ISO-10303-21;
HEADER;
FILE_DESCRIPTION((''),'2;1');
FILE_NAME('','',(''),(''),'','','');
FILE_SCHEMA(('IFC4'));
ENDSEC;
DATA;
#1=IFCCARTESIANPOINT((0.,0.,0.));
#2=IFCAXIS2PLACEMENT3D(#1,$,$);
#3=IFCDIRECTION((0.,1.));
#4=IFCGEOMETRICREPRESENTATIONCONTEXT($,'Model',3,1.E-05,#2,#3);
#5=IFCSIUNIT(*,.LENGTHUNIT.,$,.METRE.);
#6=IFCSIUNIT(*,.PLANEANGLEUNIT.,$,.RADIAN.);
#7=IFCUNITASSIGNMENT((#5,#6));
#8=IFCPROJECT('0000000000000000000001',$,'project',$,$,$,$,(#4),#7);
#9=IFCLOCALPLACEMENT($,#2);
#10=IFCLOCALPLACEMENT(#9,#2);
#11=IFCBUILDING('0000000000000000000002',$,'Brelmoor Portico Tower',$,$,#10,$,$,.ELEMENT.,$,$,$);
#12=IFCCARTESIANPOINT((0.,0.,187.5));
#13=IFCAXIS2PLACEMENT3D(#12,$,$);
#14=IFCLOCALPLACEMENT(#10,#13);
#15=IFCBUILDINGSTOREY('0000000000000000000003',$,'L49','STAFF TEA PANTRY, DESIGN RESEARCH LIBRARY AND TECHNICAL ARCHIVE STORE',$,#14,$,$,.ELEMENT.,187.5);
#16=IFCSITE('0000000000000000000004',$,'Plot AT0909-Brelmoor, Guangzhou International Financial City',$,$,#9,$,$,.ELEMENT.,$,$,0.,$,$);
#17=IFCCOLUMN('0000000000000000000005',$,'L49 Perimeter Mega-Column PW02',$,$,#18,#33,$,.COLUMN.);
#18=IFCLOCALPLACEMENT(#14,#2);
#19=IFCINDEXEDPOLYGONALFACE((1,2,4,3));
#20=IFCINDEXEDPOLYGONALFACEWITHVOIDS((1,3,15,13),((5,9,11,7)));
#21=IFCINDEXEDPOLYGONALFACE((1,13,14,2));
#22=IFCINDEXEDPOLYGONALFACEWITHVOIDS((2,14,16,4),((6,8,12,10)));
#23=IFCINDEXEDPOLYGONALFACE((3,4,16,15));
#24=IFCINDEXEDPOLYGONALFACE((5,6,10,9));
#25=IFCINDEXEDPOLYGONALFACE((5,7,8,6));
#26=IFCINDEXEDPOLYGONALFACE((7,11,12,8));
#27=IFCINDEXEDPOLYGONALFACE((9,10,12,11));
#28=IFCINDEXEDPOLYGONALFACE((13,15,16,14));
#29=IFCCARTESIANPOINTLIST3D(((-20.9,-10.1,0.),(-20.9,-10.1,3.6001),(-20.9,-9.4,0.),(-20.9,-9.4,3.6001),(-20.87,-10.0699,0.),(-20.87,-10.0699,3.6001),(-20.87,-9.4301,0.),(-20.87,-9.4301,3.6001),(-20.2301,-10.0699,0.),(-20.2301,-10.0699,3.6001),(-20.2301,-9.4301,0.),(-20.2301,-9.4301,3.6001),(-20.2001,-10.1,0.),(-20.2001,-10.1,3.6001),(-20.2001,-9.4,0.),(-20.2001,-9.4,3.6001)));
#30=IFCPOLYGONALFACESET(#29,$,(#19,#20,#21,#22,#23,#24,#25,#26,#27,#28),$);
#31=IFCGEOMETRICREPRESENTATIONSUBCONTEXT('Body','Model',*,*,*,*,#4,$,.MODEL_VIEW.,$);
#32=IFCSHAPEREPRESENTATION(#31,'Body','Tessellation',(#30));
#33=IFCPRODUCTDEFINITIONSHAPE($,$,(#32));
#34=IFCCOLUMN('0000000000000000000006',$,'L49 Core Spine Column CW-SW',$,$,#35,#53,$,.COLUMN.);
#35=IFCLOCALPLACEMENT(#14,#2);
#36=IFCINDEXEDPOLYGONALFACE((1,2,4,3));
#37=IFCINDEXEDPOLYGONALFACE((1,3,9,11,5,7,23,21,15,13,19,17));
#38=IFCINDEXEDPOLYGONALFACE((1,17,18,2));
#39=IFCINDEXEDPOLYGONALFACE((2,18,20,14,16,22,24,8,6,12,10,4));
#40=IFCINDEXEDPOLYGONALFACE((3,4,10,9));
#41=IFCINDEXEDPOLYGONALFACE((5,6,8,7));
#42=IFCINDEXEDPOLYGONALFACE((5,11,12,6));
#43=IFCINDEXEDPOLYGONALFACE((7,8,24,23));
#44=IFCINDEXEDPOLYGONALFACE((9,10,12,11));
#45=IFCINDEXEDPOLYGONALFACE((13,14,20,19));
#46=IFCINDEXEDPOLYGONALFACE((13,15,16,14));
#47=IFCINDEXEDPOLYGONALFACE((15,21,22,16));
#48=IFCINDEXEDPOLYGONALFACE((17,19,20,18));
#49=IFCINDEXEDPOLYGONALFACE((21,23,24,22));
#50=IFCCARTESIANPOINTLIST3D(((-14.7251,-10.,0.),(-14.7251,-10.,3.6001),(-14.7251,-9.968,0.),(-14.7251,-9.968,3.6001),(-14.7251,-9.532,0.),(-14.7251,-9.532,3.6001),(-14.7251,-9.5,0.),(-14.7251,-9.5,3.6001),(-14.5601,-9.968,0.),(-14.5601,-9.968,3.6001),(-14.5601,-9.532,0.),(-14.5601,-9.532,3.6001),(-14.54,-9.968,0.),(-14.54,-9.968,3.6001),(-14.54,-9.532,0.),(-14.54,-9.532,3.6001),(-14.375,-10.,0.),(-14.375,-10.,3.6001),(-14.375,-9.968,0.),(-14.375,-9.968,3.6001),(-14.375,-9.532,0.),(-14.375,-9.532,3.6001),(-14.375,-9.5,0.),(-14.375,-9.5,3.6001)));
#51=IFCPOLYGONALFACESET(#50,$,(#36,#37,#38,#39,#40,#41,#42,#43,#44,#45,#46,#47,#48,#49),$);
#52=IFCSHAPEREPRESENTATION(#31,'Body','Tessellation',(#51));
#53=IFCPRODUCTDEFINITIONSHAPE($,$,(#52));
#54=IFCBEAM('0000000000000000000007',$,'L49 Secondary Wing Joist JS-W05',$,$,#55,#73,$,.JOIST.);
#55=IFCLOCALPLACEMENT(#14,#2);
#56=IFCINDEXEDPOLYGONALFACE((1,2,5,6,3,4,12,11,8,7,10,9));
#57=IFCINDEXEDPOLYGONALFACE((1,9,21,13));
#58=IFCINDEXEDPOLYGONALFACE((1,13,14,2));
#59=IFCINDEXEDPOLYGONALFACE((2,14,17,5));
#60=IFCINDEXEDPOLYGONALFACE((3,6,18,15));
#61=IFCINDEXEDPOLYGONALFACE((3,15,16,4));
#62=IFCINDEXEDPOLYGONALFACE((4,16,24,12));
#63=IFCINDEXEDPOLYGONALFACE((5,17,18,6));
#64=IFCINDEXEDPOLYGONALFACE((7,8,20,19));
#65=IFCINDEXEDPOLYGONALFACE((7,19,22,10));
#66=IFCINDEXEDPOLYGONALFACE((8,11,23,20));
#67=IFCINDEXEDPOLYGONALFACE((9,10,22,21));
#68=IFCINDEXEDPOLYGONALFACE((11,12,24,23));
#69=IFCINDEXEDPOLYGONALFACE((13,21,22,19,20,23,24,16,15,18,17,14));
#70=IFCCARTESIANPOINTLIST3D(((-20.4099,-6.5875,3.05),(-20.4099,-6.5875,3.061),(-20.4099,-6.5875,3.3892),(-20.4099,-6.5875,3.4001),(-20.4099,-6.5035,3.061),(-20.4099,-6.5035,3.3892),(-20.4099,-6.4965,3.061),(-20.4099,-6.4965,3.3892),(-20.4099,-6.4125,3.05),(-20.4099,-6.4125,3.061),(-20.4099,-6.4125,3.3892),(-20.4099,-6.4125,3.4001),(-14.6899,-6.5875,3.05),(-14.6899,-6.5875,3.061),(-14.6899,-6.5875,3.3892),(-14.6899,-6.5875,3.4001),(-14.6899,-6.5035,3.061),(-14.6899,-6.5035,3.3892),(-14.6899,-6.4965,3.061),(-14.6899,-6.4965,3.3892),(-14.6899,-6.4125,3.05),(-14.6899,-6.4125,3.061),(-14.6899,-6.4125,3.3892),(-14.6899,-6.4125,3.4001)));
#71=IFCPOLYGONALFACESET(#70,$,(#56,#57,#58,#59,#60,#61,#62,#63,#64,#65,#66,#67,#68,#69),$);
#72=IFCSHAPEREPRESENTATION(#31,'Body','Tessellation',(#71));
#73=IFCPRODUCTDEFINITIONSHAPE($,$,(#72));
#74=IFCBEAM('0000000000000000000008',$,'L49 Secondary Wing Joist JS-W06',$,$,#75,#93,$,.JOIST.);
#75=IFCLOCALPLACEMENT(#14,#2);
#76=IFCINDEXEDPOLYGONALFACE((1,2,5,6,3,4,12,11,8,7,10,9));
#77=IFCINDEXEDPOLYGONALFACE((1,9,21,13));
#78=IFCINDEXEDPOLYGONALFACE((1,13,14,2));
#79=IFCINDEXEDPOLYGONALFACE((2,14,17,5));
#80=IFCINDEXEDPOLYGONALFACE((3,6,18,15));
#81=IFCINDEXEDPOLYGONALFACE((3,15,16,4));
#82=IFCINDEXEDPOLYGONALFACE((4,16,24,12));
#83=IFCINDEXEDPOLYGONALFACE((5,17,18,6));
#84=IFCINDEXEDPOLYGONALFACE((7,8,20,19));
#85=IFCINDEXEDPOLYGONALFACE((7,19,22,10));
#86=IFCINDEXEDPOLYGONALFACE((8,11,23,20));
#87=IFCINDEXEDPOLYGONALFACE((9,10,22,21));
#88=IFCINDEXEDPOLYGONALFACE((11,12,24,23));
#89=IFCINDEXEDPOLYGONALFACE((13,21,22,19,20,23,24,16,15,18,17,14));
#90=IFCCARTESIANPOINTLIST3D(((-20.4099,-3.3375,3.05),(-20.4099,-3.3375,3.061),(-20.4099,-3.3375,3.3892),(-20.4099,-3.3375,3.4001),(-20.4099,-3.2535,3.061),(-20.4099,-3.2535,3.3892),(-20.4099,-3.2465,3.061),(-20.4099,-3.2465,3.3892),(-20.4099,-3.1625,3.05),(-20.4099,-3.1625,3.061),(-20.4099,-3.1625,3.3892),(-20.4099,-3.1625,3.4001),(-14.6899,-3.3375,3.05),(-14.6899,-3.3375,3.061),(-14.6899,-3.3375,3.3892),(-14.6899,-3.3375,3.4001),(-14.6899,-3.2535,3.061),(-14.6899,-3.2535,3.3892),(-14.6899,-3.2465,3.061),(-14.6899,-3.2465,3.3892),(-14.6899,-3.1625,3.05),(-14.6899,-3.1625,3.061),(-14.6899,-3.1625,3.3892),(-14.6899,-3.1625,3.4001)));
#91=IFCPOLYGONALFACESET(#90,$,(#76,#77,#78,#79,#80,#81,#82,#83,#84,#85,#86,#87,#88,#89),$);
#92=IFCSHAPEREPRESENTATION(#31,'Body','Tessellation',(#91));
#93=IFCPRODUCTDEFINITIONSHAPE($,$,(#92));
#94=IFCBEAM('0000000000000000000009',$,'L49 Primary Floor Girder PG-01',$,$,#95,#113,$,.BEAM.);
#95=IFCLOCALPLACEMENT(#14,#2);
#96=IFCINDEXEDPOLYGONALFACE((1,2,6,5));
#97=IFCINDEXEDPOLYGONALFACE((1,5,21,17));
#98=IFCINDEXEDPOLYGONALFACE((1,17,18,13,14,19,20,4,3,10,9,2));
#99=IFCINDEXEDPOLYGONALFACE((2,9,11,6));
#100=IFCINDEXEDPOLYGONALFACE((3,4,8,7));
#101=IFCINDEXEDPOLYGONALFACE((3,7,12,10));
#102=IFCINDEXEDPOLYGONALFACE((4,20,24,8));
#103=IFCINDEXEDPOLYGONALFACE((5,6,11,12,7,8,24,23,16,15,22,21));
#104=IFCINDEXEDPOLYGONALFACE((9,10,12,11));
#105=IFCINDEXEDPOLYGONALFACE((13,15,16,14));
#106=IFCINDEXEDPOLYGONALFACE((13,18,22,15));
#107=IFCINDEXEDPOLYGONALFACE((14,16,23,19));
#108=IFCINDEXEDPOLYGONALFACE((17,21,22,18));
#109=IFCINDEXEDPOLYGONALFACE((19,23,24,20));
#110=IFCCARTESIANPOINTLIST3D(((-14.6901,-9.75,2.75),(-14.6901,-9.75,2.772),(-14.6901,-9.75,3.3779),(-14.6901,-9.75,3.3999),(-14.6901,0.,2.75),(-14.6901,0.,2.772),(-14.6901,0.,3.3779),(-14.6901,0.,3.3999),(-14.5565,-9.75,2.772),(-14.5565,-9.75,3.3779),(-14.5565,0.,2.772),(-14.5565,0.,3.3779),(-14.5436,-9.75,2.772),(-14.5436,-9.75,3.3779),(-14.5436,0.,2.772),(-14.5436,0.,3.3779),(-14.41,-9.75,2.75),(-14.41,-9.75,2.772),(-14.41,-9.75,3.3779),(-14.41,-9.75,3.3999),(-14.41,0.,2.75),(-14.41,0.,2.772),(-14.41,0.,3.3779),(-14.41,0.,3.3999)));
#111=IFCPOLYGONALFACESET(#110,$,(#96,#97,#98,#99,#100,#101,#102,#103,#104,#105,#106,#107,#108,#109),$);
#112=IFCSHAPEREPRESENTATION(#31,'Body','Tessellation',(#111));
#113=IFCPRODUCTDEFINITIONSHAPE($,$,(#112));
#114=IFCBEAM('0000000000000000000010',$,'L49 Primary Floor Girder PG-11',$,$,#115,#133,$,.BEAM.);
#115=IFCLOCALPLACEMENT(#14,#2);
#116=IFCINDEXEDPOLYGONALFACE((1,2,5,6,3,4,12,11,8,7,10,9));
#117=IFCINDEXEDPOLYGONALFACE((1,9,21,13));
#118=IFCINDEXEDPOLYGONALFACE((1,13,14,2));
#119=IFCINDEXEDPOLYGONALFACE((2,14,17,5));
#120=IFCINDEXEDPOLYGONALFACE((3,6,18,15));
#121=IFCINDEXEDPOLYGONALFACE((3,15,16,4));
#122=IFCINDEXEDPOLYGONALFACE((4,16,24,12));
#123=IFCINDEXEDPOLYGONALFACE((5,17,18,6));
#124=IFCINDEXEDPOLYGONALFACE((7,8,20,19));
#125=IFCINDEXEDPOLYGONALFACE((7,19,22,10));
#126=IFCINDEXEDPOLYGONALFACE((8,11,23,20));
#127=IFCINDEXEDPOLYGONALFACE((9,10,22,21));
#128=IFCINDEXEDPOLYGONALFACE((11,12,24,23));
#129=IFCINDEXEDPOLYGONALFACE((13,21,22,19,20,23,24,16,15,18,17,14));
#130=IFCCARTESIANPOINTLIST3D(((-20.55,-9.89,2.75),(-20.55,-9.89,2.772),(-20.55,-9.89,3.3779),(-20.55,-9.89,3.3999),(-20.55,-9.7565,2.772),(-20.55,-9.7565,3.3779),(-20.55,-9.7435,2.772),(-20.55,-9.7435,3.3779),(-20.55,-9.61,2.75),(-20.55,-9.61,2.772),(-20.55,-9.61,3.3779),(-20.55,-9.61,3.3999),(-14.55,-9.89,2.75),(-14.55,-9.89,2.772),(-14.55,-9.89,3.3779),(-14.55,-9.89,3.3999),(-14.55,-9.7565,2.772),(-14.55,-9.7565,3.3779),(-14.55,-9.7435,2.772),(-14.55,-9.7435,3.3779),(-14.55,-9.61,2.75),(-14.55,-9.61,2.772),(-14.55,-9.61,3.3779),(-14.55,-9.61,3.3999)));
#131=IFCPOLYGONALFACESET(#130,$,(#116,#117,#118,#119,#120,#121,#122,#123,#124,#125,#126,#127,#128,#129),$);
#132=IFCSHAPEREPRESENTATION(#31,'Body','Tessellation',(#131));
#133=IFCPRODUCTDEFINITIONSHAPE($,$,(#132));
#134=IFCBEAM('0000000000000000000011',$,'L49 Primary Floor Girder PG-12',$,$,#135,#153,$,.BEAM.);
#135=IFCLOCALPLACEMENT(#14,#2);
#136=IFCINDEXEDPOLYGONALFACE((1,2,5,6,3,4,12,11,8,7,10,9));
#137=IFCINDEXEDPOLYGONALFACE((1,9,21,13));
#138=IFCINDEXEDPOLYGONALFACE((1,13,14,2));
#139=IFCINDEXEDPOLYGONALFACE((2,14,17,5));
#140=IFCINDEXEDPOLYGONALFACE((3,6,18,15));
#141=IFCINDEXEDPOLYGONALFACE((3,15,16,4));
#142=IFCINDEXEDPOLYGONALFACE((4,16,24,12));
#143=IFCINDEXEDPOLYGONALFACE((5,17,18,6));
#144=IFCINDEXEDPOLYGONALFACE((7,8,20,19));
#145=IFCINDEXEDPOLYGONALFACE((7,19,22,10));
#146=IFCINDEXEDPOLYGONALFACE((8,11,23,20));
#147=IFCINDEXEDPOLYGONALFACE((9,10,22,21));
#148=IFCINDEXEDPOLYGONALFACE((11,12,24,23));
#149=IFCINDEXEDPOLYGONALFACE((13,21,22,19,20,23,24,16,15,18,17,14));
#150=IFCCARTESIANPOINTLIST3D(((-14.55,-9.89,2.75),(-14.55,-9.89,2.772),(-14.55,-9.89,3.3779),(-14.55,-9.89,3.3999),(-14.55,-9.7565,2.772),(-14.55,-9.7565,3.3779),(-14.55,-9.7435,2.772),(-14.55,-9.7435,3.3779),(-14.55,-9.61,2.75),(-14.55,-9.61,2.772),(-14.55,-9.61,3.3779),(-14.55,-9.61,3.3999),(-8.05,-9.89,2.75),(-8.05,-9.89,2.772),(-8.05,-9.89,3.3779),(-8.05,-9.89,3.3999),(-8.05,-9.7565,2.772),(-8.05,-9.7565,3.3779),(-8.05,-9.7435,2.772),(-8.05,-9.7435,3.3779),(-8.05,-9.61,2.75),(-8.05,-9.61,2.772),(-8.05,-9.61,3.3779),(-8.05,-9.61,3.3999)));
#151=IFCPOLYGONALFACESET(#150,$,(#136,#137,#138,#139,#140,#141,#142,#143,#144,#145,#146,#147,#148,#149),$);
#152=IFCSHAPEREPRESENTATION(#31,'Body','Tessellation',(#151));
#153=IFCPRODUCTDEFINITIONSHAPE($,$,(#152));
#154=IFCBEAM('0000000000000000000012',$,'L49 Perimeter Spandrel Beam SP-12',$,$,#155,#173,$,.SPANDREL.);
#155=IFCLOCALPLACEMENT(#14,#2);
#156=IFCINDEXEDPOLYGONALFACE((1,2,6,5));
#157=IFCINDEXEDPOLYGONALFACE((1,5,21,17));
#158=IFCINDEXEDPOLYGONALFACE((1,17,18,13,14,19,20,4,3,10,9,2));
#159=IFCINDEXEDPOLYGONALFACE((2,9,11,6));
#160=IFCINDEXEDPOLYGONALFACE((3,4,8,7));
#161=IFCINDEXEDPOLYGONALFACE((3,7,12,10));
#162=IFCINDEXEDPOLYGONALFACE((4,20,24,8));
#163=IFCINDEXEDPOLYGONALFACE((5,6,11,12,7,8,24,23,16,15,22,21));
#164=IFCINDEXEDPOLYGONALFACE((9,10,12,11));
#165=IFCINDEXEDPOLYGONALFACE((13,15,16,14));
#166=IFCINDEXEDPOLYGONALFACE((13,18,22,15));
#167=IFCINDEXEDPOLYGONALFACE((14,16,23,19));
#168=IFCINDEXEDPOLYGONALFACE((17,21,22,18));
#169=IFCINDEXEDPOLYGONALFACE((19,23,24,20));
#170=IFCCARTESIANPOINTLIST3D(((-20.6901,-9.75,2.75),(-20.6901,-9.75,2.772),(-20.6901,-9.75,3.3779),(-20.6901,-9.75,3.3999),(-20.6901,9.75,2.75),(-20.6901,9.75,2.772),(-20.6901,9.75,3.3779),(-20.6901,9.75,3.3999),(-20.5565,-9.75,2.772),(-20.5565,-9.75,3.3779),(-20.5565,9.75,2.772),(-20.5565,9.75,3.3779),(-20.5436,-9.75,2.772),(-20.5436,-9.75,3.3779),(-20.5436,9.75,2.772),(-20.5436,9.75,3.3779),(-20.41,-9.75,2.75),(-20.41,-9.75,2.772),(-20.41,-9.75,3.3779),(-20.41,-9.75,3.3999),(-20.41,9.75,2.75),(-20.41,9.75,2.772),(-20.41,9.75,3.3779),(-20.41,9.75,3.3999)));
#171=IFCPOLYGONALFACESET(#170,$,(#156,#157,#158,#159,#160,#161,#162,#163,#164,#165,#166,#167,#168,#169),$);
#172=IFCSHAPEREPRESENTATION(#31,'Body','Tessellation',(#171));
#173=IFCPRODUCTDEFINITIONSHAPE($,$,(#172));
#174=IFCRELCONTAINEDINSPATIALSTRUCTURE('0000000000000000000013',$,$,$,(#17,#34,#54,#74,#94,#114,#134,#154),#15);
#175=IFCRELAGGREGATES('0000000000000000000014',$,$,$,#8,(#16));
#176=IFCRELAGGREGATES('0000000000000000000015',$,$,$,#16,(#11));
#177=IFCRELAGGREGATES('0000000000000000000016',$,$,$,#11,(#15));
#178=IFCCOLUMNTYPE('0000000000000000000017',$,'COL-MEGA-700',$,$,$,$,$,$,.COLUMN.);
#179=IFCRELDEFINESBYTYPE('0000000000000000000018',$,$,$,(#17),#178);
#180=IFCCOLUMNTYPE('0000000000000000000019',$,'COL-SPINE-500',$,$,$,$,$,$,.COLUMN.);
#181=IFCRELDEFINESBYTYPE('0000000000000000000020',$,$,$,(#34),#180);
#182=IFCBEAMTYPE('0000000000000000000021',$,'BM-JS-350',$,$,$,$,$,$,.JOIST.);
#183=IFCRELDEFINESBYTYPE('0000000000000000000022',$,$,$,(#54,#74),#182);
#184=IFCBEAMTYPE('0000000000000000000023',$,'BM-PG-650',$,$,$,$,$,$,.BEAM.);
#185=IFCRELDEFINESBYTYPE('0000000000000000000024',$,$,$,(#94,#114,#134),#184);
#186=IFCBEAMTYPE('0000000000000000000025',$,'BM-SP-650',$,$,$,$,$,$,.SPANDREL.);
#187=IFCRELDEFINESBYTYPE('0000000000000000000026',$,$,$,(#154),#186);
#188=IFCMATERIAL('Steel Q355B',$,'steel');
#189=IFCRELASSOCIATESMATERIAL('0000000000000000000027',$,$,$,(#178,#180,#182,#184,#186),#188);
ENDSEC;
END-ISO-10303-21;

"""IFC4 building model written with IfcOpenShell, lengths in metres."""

from ifc_helpers import new_model, si_unit, direction, frame, origin, origin_2d, place, context, subcontext, project, spatial, hollow_rectangle, i_section, extrude, material, material_profile, profile_set, type_object, element, save


model = new_model("IFC4")

# Units and contexts
model_context = context("Model", 3, precision=1e-05, world=origin(), true_north=direction((0.0, 1.0)))
body_context = subcontext(model_context, "Body", "Model", "MODEL_VIEW")
ifc_project = project(units=[si_unit("LENGTHUNIT", "METRE"), si_unit("PLANEANGLEUNIT", "RADIAN")], contexts=[model_context])

# Site, building, storey
site_placement = place(None, origin())
site = spatial("IfcSite", under=ifc_project, at=site_placement, Name="Plot AT0909-Brelmoor, Guangzhou International Financial City", CompositionType="ELEMENT", RefElevation=0.0)
building_placement = place(site_placement, origin())
building = spatial("IfcBuilding", under=site, at=building_placement, Name="Brelmoor Portico Tower", CompositionType="ELEMENT")
storey_placement = place(building_placement, frame((0.0, 0.0, 187.5)))
storey = spatial("IfcBuildingStorey", under=building, at=storey_placement, Name="L49", Description="STAFF TEA PANTRY, DESIGN RESEARCH LIBRARY AND TECHNICAL ARCHIVE STORE", CompositionType="ELEMENT", Elevation=187.5)

# Columns
ifc_material_1 = material(Name="Steel Q355B", Category="steel")
ifc_material_profile_1 = material_profile(ifc_material_1, hollow_rectangle(XDim=0.7, YDim=0.7, WallThickness=0.03, at=origin_2d()), Name="BOX 700x700x30")
ifc_profile_set_1 = profile_set([ifc_material_profile_1], Name="Steel Q355B")
column_type_1 = type_object("IfcColumnType", Name="COL-MEGA-700", PredefinedType="COLUMN", material=ifc_profile_set_1)
column_1_placement = place(storey_placement, frame((-20.55, -9.75, 0.0), z_axis=(0.0, 0.0, 1.0), x_axis=(0.0, 1.0, 0.0)))
element("IfcColumn", 1, at=column_1_placement, inside=storey, type_object=column_type_1, Name="L49 Perimeter Mega-Column PW02", PredefinedType="COLUMN", context=body_context, shape_type="SweptSolid", body=[
    extrude(hollow_rectangle(XDim=0.7, YDim=0.7, WallThickness=0.03, at=origin_2d()), origin(), (0.0, 0.0, 1.0), 3.6001),
])
ifc_material_profile_2 = material_profile(ifc_material_1, i_section(OverallWidth=0.3501, OverallDepth=0.5, WebThickness=0.02, FlangeThickness=0.032, at=origin_2d()), Name="HW 500x350x20x32")
ifc_profile_set_2 = profile_set([ifc_material_profile_2], Name="Steel Q355B")
column_type_2 = type_object("IfcColumnType", Name="COL-SPINE-500", PredefinedType="COLUMN", material=ifc_profile_set_2)
column_2_placement = place(storey_placement, frame((-14.55, -9.75, 0.0), z_axis=(0.0, 0.0, 1.0), x_axis=(1.0, 0.0, 0.0)))
element("IfcColumn", 2, at=column_2_placement, inside=storey, type_object=column_type_2, Name="L49 Core Spine Column CW-SW", PredefinedType="COLUMN", context=body_context, shape_type="SweptSolid", body=[
    extrude(i_section(OverallWidth=0.3501, OverallDepth=0.5, WebThickness=0.02, FlangeThickness=0.032, at=origin_2d()), origin(), (0.0, 0.0, 1.0), 3.6001),
])

# Beams
ifc_material_profile_3 = material_profile(ifc_material_1, i_section(OverallWidth=0.175, OverallDepth=0.3501, WebThickness=0.0071, FlangeThickness=0.011, at=origin_2d()), Name="HN 350x175x7x11")
ifc_profile_set_3 = profile_set([ifc_material_profile_3], Name="Steel Q355B")
beam_type_1 = type_object("IfcBeamType", Name="BM-JS-350", PredefinedType="JOIST", material=ifc_profile_set_3)
for number, where, z_axis, x_axis, name in (
    (3, (-20.4099, -6.5, 3.2251), (1.0, 0.0, 0.0), (0.0, 1.0, 0.0), "L49 Secondary Wing Joist JS-W05"),
    (4, (-20.4099, -3.25, 3.2251), (1.0, 0.0, 0.0), (0.0, 1.0, 0.0), "L49 Secondary Wing Joist JS-W06"),
):
    element("IfcBeam", number, at=place(storey_placement, frame(where, z_axis=z_axis, x_axis=x_axis)), inside=storey, type_object=beam_type_1, Name=name, PredefinedType="JOIST", context=body_context, shape_type="SweptSolid", body=[
        extrude(i_section(OverallWidth=0.175, OverallDepth=0.3501, WebThickness=0.0071, FlangeThickness=0.011, at=origin_2d()), origin(), (0.0, 0.0, 1.0), 5.72),
    ])
ifc_material_profile_4 = material_profile(ifc_material_1, i_section(OverallWidth=0.28, OverallDepth=0.6499, WebThickness=0.0129, FlangeThickness=0.022, at=origin_2d()), Name="HN 650x280x13x22")
ifc_profile_set_4 = profile_set([ifc_material_profile_4], Name="Steel Q355B")
beam_type_2 = type_object("IfcBeamType", Name="BM-PG-650", PredefinedType="BEAM", material=ifc_profile_set_4)
beam_1_placement = place(storey_placement, frame((-14.55, -9.75, 3.075), z_axis=(0.0, 1.0, 0.0), x_axis=(-1.0, 0.0, 0.0)))
element("IfcBeam", 5, at=beam_1_placement, inside=storey, type_object=beam_type_2, Name="L49 Primary Floor Girder PG-01", PredefinedType="BEAM", context=body_context, shape_type="SweptSolid", body=[
    extrude(i_section(OverallWidth=0.28, OverallDepth=0.6499, WebThickness=0.0129, FlangeThickness=0.022, at=origin_2d()), origin(), (0.0, 0.0, 1.0), 9.75),
])
beam_2_placement = place(storey_placement, frame((-20.55, -9.75, 3.075), z_axis=(1.0, 0.0, 0.0), x_axis=(0.0, 1.0, 0.0)))
element("IfcBeam", 6, at=beam_2_placement, inside=storey, type_object=beam_type_2, Name="L49 Primary Floor Girder PG-11", PredefinedType="BEAM", context=body_context, shape_type="SweptSolid", body=[
    extrude(i_section(OverallWidth=0.28, OverallDepth=0.6499, WebThickness=0.0129, FlangeThickness=0.022, at=origin_2d()), origin(), (0.0, 0.0, 1.0), 6.0),
])
beam_3_placement = place(storey_placement, frame((-14.55, -9.75, 3.075), z_axis=(1.0, 0.0, 0.0), x_axis=(0.0, 1.0, 0.0)))
element("IfcBeam", 7, at=beam_3_placement, inside=storey, type_object=beam_type_2, Name="L49 Primary Floor Girder PG-12", PredefinedType="BEAM", context=body_context, shape_type="SweptSolid", body=[
    extrude(i_section(OverallWidth=0.28, OverallDepth=0.6499, WebThickness=0.0129, FlangeThickness=0.022, at=origin_2d()), origin(), (0.0, 0.0, 1.0), 6.5),
])
ifc_material_profile_5 = material_profile(ifc_material_1, i_section(OverallWidth=0.28, OverallDepth=0.6499, WebThickness=0.0129, FlangeThickness=0.022, at=origin_2d()), Name="HN 650x280x13x22")
ifc_profile_set_5 = profile_set([ifc_material_profile_5], Name="Steel Q355B")
beam_type_3 = type_object("IfcBeamType", Name="BM-SP-650", PredefinedType="SPANDREL", material=ifc_profile_set_5)
beam_4_placement = place(storey_placement, frame((-20.55, -9.75, 3.075), z_axis=(0.0, 1.0, 0.0), x_axis=(-1.0, 0.0, 0.0)))
element("IfcBeam", 8, at=beam_4_placement, inside=storey, type_object=beam_type_3, Name="L49 Perimeter Spandrel Beam SP-12", PredefinedType="SPANDREL", context=body_context, shape_type="SweptSolid", body=[
    extrude(i_section(OverallWidth=0.28, OverallDepth=0.6499, WebThickness=0.0129, FlangeThickness=0.022, at=origin_2d()), origin(), (0.0, 0.0, 1.0), 19.5),
])

save(model, "model.ifc")
